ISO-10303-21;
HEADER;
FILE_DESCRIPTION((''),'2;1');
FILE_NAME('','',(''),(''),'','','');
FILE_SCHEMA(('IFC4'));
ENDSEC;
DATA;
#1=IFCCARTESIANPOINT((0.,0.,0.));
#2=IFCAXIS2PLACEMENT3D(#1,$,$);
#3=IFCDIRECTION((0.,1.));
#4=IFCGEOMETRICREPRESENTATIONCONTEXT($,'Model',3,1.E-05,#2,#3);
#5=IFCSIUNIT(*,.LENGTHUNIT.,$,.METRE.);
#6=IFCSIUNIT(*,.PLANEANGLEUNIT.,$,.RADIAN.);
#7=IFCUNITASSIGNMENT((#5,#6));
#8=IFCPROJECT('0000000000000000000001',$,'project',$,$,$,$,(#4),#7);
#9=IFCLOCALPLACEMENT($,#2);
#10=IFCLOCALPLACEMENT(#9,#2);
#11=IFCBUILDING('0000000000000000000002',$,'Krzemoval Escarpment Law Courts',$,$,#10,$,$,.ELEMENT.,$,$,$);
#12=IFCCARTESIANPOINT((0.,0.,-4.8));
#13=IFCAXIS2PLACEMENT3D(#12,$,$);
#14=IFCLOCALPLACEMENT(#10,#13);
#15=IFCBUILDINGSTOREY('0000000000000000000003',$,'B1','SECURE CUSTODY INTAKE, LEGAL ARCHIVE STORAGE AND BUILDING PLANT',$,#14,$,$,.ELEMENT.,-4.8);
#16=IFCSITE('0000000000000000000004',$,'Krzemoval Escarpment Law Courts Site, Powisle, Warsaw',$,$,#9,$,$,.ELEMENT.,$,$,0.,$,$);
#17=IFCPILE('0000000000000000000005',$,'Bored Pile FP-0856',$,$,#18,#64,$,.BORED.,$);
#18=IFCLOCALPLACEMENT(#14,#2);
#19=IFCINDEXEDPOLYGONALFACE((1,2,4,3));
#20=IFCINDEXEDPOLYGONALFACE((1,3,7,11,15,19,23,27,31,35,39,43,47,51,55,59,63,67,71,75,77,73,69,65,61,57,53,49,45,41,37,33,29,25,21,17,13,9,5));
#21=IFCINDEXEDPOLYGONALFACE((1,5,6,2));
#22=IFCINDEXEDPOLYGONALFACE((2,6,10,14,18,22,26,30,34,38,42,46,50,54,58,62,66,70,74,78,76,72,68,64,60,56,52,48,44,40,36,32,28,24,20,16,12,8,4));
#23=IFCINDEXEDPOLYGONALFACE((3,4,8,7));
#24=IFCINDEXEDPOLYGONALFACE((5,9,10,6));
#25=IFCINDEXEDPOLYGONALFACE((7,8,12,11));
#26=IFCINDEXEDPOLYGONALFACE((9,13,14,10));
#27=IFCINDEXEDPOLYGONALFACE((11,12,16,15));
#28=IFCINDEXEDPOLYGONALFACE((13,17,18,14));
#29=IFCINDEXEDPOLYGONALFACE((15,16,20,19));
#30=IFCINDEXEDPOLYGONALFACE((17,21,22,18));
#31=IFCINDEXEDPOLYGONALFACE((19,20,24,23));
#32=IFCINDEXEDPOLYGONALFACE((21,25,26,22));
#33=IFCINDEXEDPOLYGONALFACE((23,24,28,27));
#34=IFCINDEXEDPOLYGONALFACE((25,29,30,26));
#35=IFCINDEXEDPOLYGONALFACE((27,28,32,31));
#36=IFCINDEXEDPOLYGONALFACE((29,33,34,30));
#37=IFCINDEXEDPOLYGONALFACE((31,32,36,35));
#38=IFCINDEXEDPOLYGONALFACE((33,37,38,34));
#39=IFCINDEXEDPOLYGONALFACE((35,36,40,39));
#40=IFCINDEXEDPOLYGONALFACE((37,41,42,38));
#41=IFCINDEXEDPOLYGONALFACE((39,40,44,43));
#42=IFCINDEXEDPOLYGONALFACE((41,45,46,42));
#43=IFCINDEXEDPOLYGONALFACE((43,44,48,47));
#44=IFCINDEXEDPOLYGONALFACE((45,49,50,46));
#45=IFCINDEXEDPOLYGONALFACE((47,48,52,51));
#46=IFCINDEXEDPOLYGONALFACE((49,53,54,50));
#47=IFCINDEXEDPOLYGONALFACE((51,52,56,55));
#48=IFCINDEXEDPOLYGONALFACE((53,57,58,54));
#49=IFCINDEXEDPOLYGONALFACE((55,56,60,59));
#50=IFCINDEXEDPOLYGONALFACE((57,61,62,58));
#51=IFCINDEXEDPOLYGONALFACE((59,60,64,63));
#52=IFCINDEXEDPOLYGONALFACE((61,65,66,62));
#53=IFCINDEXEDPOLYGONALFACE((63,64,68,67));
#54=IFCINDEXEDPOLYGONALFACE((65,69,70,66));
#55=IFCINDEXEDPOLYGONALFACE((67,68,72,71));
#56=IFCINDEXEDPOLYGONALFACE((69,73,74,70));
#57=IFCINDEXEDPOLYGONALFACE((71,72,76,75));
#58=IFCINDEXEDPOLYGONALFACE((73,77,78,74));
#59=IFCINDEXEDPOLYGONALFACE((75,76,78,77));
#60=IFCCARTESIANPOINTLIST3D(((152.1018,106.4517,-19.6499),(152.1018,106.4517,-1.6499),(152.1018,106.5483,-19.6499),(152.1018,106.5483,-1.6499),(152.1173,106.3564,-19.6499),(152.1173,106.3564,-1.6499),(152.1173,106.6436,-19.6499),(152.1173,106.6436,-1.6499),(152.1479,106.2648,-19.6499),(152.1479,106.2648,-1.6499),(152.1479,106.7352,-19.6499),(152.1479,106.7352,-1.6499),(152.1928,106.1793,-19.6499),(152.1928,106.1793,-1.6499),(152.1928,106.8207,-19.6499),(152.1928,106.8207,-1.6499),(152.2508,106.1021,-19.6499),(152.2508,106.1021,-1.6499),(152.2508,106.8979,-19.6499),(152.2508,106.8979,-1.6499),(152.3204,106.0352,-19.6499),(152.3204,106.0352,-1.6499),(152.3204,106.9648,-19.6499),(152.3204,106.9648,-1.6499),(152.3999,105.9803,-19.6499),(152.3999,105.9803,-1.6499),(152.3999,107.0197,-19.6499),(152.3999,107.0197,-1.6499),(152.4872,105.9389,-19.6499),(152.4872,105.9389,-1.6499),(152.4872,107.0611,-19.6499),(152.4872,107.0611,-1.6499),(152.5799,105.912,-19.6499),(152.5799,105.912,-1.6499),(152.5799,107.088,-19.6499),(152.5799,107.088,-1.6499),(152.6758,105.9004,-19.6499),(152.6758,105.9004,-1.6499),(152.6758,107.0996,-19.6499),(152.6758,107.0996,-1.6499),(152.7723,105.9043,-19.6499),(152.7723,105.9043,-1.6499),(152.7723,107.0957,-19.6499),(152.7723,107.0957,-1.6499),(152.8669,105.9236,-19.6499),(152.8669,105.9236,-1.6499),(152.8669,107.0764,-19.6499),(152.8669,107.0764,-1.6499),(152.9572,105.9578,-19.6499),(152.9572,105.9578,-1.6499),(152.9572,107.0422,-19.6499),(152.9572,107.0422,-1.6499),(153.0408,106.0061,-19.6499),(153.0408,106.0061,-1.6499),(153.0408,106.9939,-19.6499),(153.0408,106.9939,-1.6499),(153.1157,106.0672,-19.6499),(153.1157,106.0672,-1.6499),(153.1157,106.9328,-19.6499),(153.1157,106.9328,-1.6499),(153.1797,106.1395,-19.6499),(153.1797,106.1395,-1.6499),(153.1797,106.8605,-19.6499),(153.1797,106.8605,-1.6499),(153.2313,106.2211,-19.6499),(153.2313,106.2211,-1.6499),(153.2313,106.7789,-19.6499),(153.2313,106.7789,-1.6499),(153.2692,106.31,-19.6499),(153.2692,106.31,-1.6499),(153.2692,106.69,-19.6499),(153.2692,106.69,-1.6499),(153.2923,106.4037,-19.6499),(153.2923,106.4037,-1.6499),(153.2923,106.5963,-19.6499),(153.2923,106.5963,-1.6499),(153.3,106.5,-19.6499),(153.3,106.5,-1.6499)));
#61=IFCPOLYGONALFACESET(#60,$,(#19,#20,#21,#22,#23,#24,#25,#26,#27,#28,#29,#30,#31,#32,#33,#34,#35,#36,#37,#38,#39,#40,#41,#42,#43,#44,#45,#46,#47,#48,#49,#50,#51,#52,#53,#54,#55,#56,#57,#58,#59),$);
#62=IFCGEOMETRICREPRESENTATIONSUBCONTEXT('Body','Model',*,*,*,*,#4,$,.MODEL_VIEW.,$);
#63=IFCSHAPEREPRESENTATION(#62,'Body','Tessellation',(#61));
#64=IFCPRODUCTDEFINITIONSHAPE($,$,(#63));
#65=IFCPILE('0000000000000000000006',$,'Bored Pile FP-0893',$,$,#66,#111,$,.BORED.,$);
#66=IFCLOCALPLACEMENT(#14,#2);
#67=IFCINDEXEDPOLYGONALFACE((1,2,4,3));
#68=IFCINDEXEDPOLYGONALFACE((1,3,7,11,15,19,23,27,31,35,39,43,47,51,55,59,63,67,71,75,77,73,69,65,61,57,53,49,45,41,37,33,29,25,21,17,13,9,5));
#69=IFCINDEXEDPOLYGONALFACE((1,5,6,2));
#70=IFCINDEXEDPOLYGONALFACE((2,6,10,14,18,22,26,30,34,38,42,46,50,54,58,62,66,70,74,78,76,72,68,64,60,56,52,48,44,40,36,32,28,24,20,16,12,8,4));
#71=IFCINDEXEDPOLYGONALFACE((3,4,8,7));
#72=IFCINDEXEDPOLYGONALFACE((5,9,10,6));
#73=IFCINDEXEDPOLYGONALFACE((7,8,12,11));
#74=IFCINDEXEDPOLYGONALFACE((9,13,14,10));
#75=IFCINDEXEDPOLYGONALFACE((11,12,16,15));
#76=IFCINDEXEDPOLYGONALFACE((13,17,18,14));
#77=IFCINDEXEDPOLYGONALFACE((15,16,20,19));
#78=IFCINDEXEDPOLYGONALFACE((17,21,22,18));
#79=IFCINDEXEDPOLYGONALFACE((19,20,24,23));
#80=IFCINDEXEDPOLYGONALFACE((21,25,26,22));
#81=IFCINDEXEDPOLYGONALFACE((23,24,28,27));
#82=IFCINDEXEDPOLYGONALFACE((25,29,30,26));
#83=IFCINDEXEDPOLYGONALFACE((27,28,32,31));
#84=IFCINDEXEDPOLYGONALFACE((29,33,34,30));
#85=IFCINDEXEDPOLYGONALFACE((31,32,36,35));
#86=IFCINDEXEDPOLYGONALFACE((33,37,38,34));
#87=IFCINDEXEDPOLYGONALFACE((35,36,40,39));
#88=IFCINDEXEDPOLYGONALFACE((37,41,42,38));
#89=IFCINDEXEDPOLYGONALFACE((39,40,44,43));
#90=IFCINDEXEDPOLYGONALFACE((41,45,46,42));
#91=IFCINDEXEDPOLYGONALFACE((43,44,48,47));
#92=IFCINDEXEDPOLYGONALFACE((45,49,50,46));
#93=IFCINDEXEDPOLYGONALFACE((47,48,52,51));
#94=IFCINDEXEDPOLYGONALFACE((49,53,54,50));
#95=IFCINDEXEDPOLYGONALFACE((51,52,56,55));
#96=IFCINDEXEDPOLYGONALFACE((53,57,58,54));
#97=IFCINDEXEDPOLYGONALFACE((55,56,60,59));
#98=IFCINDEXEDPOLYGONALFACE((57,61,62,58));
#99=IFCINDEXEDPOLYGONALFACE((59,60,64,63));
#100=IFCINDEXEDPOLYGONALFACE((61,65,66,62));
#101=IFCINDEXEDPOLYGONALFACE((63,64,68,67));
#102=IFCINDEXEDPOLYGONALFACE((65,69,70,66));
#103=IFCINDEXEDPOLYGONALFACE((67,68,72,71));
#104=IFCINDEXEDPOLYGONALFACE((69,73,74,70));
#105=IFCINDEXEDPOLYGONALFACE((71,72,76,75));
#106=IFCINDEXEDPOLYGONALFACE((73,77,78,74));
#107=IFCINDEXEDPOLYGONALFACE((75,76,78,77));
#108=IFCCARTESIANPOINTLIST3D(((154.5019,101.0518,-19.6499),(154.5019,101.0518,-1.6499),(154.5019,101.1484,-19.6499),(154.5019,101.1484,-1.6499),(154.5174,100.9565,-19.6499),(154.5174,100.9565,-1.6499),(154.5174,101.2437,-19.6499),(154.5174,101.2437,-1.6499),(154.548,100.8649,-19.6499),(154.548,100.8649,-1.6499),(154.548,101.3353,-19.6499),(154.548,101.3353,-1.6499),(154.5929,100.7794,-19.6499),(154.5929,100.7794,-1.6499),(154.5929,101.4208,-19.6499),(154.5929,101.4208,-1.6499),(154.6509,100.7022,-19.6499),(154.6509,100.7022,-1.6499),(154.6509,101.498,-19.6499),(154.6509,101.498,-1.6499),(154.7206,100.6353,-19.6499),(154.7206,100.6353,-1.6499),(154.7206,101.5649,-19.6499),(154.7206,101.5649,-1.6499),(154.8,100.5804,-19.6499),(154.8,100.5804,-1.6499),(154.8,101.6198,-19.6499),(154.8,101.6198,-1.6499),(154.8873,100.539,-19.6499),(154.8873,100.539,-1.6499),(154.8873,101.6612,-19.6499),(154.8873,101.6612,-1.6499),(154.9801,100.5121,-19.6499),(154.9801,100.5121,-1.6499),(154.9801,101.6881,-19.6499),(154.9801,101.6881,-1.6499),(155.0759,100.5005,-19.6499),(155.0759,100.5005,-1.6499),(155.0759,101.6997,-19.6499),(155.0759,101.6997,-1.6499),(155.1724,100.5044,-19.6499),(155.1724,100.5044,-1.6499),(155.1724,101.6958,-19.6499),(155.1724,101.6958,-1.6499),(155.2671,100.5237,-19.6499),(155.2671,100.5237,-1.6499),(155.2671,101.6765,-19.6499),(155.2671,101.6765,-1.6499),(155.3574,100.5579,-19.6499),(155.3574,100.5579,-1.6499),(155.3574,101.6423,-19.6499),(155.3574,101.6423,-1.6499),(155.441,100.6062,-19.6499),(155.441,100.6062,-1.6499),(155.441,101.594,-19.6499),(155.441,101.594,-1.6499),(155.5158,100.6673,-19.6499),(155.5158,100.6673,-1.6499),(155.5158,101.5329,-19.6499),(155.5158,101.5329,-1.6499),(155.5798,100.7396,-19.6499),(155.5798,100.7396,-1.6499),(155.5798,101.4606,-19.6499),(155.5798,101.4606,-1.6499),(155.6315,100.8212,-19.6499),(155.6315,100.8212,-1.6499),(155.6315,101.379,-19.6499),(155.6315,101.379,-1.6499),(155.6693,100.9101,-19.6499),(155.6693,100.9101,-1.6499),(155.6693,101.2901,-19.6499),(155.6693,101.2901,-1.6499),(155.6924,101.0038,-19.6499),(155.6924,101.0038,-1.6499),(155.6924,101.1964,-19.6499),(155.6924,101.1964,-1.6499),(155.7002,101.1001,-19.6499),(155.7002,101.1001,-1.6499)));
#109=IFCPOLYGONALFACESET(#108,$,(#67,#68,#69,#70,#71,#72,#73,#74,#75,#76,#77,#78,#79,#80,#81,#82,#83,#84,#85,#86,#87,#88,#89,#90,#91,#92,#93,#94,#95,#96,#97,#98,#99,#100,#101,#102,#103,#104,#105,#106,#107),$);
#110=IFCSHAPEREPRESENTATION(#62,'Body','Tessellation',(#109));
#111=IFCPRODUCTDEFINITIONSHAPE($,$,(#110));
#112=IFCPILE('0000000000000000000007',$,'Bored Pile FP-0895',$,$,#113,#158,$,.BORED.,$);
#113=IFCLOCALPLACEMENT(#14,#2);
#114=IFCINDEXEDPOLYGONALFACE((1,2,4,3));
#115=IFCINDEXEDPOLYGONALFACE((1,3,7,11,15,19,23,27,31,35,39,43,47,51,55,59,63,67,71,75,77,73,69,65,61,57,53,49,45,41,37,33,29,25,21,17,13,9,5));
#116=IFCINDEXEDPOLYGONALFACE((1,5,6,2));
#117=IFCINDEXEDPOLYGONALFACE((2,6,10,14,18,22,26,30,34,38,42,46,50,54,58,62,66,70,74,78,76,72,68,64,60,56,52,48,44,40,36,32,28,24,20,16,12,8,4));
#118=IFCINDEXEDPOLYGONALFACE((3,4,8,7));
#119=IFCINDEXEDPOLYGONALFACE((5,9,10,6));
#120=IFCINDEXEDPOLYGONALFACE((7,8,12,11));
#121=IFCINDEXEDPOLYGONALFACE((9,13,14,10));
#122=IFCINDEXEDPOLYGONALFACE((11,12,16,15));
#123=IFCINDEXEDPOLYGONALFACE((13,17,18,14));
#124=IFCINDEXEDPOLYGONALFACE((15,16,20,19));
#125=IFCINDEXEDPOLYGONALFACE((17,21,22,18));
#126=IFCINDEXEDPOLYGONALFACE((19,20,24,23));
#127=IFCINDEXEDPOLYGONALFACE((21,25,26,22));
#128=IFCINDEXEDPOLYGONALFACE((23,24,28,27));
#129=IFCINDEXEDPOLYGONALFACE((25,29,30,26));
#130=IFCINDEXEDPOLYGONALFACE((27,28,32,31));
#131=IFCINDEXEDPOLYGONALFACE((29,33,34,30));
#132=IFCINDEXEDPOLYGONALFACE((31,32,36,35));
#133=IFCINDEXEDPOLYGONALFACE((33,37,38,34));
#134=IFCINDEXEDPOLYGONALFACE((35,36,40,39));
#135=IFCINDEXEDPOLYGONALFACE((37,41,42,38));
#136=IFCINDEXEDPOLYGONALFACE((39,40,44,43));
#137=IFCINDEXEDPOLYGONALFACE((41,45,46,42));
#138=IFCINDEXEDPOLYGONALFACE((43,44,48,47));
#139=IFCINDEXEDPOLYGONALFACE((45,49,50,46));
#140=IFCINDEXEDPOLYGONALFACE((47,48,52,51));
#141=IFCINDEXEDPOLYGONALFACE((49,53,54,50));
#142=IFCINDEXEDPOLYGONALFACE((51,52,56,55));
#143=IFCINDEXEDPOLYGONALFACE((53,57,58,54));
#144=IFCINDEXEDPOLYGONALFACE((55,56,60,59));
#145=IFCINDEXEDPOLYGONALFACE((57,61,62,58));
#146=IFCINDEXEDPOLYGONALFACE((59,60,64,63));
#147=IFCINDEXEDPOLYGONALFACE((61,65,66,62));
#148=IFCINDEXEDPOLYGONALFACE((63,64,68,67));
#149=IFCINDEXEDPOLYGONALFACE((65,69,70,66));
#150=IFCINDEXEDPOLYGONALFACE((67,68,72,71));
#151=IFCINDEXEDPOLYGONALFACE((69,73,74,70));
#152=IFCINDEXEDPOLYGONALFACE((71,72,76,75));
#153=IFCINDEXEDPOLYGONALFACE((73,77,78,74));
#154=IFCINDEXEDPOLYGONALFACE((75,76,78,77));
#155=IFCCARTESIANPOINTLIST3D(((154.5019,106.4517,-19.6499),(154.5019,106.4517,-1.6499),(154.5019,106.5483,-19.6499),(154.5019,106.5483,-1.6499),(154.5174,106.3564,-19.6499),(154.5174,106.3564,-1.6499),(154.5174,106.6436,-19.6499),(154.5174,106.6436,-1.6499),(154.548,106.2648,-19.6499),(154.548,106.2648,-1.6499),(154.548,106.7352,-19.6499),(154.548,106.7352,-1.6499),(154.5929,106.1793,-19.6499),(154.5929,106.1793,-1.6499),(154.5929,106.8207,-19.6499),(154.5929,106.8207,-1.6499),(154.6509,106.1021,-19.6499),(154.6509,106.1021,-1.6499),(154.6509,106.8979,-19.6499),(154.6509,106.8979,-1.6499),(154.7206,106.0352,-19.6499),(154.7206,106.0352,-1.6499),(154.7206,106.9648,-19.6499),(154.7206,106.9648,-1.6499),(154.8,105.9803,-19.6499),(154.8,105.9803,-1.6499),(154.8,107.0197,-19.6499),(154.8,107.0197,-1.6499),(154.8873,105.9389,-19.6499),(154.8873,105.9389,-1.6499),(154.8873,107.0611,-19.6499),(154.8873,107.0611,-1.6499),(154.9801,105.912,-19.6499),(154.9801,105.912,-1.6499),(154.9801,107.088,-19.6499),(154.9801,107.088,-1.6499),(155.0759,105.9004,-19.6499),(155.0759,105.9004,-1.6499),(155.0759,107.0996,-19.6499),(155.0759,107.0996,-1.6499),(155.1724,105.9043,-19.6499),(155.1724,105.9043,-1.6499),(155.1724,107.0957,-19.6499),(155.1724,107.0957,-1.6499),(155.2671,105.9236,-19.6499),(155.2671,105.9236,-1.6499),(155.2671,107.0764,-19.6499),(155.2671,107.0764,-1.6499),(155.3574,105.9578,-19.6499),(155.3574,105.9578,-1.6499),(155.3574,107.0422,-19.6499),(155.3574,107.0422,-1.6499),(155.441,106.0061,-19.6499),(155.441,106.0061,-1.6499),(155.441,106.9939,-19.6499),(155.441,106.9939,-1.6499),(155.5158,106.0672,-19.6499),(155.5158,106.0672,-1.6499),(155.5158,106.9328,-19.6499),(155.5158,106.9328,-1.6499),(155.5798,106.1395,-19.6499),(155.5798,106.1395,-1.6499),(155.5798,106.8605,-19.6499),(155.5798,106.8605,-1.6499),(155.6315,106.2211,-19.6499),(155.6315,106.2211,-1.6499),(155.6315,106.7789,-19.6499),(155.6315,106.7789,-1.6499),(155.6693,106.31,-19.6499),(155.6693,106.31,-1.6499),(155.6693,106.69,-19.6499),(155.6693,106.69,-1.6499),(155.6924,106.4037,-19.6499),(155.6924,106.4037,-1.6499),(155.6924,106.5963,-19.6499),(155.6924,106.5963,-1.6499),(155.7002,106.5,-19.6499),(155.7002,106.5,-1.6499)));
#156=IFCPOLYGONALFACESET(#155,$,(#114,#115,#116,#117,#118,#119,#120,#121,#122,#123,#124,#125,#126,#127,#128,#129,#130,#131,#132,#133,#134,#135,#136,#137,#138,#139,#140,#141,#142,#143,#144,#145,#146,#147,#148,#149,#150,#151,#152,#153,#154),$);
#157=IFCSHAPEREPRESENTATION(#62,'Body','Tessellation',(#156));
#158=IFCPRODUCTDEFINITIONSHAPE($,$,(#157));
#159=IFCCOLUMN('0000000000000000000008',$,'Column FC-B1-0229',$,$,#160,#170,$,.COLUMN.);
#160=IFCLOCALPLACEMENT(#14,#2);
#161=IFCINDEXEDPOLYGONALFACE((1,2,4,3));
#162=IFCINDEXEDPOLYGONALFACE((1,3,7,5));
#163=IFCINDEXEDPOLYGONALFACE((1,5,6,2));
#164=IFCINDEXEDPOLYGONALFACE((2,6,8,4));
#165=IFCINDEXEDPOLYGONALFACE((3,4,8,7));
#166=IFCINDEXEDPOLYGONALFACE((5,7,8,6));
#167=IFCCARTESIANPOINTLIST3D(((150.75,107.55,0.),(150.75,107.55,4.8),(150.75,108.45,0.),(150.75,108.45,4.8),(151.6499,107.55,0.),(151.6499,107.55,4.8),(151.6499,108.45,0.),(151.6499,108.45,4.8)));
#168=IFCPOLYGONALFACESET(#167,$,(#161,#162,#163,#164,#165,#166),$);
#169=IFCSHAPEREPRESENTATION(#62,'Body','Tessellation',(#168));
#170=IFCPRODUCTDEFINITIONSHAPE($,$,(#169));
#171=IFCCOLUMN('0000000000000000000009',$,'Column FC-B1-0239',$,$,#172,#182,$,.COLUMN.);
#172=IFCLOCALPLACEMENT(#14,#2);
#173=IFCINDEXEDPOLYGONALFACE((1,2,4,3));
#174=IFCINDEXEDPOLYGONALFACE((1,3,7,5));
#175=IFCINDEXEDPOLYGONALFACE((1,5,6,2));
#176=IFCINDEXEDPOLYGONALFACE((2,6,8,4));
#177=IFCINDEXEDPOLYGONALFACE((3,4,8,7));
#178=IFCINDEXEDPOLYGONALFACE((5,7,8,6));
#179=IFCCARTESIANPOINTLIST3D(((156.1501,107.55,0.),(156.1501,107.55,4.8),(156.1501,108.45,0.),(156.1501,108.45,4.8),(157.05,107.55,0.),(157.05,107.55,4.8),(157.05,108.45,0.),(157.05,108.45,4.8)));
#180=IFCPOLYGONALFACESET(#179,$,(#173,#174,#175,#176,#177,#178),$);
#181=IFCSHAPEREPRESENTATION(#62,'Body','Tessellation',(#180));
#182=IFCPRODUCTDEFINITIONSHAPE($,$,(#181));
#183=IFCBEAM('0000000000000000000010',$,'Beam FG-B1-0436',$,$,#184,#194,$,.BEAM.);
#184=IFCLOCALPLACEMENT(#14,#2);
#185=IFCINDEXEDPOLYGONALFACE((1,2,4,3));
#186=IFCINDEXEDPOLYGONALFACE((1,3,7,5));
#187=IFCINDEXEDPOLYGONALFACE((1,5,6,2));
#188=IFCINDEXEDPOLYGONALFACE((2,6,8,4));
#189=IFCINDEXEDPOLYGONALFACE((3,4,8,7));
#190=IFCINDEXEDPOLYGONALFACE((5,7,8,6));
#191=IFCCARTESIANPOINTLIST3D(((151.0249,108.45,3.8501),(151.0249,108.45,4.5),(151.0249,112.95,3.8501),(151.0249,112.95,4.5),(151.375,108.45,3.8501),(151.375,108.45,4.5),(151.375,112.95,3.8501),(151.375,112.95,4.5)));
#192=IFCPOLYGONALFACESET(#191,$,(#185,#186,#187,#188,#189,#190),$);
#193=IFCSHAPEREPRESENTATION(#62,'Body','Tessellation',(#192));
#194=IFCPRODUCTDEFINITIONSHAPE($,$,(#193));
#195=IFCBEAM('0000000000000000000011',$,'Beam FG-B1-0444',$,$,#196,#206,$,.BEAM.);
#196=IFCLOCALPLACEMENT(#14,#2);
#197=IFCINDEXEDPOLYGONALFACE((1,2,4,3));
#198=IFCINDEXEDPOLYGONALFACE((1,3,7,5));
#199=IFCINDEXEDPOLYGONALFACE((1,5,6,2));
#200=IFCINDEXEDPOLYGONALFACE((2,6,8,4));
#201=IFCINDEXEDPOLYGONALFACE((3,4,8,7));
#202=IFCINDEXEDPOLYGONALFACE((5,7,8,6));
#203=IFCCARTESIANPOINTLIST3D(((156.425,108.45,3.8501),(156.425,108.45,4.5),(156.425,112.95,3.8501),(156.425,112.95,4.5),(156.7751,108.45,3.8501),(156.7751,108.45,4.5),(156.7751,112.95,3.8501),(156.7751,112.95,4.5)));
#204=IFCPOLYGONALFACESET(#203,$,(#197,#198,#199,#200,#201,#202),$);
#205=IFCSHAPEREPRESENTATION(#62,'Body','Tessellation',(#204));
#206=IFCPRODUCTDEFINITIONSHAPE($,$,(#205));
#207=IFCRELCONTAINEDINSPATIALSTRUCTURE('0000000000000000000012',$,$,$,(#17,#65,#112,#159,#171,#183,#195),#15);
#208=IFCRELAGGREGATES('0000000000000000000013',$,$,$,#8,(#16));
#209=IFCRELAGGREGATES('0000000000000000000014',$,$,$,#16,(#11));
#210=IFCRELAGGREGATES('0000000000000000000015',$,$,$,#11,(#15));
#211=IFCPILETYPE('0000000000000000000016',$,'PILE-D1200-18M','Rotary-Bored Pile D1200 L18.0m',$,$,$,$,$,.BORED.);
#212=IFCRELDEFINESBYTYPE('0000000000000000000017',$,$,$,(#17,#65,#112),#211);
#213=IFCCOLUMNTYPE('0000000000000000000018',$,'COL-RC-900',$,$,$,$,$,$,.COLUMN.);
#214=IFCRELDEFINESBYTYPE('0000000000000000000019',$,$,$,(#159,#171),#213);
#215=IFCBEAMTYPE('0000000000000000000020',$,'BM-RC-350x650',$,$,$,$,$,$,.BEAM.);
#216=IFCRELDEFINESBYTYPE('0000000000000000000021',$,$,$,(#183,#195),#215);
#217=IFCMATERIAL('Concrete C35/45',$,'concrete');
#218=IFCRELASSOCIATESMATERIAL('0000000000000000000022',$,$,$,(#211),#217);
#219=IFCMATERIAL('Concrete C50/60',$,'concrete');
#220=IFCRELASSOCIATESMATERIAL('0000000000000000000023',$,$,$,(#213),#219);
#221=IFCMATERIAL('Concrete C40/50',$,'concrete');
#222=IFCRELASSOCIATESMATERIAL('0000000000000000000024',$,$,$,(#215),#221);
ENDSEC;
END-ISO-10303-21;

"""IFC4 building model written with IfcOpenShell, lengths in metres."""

from ifc_helpers import new_model, si_unit, direction, frame, origin, origin_2d, place, context, subcontext, project, spatial, rectangle, circle, extrude, material, material_profile, profile_set, type_object, element, save


model = new_model("IFC4")

# Units and contexts
model_context = context("Model", 3, precision=1e-05, world=origin(), true_north=direction((0.0, 1.0)))
body_context = subcontext(model_context, "Body", "Model", "MODEL_VIEW")
ifc_project = project(units=[si_unit("LENGTHUNIT", "METRE"), si_unit("PLANEANGLEUNIT", "RADIAN")], contexts=[model_context])

# Site, building, storey
site_placement = place(None, origin())
site = spatial("IfcSite", under=ifc_project, at=site_placement, Name="Krzemoval Escarpment Law Courts Site, Powisle, Warsaw", CompositionType="ELEMENT", RefElevation=0.0)
building_placement = place(site_placement, origin())
building = spatial("IfcBuilding", under=site, at=building_placement, Name="Krzemoval Escarpment Law Courts", CompositionType="ELEMENT")
storey_placement = place(building_placement, frame((0.0, 0.0, -4.8)))
storey = spatial("IfcBuildingStorey", under=building, at=storey_placement, Name="B1", Description="SECURE CUSTODY INTAKE, LEGAL ARCHIVE STORAGE AND BUILDING PLANT", CompositionType="ELEMENT", Elevation=-4.8)

# Piles
ifc_material_1 = material(Name="Concrete C35/45", Category="concrete")
ifc_material_profile_1 = material_profile(ifc_material_1, circle(Radius=0.6001, at=origin_2d()), Name="PILE D1200")
ifc_profile_set_1 = profile_set([ifc_material_profile_1], Name="Concrete C35/45")
pile_type = type_object("IfcPileType", Name="PILE-D1200-18M", Description="Rotary-Bored Pile D1200 L18.0m", PredefinedType="BORED", material=ifc_profile_set_1)
for number, where, z_axis, x_axis, name in (
    (1, (152.7, 106.5, -1.6499), (0.0, 0.0, -1.0), (1.0, 0.0, 0.0), "Bored Pile FP-0856"),
    (2, (155.1001, 101.1001, -1.6499), (0.0, 0.0, -1.0), (1.0, 0.0, 0.0), "Bored Pile FP-0893"),
    (3, (155.1001, 106.5, -1.6499), (0.0, 0.0, -1.0), (1.0, 0.0, 0.0), "Bored Pile FP-0895"),
):
    element("IfcPile", number, at=place(storey_placement, frame(where, z_axis=z_axis, x_axis=x_axis)), inside=storey, type_object=pile_type, Name=name, PredefinedType="BORED", context=body_context, shape_type="SweptSolid", body=[
        extrude(circle(Radius=0.6001, at=origin_2d()), origin(), (0.0, 0.0, 1.0), 18.0),
    ])

# Columns
ifc_material_2 = material(Name="Concrete C50/60", Category="concrete")
ifc_material_profile_2 = material_profile(ifc_material_2, rectangle(XDim=0.8999, YDim=0.8999, at=origin_2d()), Name="RC 900x900")
ifc_profile_set_2 = profile_set([ifc_material_profile_2], Name="Concrete C50/60")
column_type = type_object("IfcColumnType", Name="COL-RC-900", PredefinedType="COLUMN", material=ifc_profile_set_2)
for number, where, z_axis, x_axis, name in (
    (4, (151.2, 108.0, 0.0), (0.0, 0.0, 1.0), (1.0, 0.0, 0.0), "Column FC-B1-0229"),
    (5, (156.6001, 108.0, 0.0), (0.0, 0.0, 1.0), (1.0, 0.0, 0.0), "Column FC-B1-0239"),
):
    element("IfcColumn", number, at=place(storey_placement, frame(where, z_axis=z_axis, x_axis=x_axis)), inside=storey, type_object=column_type, Name=name, PredefinedType="COLUMN", context=body_context, shape_type="SweptSolid", body=[
        extrude(rectangle(XDim=0.8999, YDim=0.8999, at=origin_2d()), origin(), (0.0, 0.0, 1.0), 4.8),
    ])

# Beams
ifc_material_3 = material(Name="Concrete C40/50", Category="concrete")
ifc_material_profile_3 = material_profile(ifc_material_3, rectangle(XDim=0.3501, YDim=0.6499, at=origin_2d()), Name="RCB 350x650")
ifc_profile_set_3 = profile_set([ifc_material_profile_3], Name="Concrete C40/50")
beam_type_1 = type_object("IfcBeamType", Name="BM-RC-350x650", PredefinedType="BEAM", material=ifc_profile_set_3)
for number, where, z_axis, x_axis, name in (
    (6, (151.2, 108.45, 4.175), (0.0, 1.0, 0.0), (-1.0, 0.0, 0.0), "Beam FG-B1-0436"),
    (7, (156.6001, 108.45, 4.175), (0.0, 1.0, 0.0), (-1.0, 0.0, 0.0), "Beam FG-B1-0444"),
):
    element("IfcBeam", number, at=place(storey_placement, frame(where, z_axis=z_axis, x_axis=x_axis)), inside=storey, type_object=beam_type_1, Name=name, PredefinedType="BEAM", context=body_context, shape_type="SweptSolid", body=[
        extrude(rectangle(XDim=0.3501, YDim=0.6499, at=origin_2d()), origin(), (0.0, 0.0, 1.0), 4.5),
    ])

save(model, "model.ifc")
